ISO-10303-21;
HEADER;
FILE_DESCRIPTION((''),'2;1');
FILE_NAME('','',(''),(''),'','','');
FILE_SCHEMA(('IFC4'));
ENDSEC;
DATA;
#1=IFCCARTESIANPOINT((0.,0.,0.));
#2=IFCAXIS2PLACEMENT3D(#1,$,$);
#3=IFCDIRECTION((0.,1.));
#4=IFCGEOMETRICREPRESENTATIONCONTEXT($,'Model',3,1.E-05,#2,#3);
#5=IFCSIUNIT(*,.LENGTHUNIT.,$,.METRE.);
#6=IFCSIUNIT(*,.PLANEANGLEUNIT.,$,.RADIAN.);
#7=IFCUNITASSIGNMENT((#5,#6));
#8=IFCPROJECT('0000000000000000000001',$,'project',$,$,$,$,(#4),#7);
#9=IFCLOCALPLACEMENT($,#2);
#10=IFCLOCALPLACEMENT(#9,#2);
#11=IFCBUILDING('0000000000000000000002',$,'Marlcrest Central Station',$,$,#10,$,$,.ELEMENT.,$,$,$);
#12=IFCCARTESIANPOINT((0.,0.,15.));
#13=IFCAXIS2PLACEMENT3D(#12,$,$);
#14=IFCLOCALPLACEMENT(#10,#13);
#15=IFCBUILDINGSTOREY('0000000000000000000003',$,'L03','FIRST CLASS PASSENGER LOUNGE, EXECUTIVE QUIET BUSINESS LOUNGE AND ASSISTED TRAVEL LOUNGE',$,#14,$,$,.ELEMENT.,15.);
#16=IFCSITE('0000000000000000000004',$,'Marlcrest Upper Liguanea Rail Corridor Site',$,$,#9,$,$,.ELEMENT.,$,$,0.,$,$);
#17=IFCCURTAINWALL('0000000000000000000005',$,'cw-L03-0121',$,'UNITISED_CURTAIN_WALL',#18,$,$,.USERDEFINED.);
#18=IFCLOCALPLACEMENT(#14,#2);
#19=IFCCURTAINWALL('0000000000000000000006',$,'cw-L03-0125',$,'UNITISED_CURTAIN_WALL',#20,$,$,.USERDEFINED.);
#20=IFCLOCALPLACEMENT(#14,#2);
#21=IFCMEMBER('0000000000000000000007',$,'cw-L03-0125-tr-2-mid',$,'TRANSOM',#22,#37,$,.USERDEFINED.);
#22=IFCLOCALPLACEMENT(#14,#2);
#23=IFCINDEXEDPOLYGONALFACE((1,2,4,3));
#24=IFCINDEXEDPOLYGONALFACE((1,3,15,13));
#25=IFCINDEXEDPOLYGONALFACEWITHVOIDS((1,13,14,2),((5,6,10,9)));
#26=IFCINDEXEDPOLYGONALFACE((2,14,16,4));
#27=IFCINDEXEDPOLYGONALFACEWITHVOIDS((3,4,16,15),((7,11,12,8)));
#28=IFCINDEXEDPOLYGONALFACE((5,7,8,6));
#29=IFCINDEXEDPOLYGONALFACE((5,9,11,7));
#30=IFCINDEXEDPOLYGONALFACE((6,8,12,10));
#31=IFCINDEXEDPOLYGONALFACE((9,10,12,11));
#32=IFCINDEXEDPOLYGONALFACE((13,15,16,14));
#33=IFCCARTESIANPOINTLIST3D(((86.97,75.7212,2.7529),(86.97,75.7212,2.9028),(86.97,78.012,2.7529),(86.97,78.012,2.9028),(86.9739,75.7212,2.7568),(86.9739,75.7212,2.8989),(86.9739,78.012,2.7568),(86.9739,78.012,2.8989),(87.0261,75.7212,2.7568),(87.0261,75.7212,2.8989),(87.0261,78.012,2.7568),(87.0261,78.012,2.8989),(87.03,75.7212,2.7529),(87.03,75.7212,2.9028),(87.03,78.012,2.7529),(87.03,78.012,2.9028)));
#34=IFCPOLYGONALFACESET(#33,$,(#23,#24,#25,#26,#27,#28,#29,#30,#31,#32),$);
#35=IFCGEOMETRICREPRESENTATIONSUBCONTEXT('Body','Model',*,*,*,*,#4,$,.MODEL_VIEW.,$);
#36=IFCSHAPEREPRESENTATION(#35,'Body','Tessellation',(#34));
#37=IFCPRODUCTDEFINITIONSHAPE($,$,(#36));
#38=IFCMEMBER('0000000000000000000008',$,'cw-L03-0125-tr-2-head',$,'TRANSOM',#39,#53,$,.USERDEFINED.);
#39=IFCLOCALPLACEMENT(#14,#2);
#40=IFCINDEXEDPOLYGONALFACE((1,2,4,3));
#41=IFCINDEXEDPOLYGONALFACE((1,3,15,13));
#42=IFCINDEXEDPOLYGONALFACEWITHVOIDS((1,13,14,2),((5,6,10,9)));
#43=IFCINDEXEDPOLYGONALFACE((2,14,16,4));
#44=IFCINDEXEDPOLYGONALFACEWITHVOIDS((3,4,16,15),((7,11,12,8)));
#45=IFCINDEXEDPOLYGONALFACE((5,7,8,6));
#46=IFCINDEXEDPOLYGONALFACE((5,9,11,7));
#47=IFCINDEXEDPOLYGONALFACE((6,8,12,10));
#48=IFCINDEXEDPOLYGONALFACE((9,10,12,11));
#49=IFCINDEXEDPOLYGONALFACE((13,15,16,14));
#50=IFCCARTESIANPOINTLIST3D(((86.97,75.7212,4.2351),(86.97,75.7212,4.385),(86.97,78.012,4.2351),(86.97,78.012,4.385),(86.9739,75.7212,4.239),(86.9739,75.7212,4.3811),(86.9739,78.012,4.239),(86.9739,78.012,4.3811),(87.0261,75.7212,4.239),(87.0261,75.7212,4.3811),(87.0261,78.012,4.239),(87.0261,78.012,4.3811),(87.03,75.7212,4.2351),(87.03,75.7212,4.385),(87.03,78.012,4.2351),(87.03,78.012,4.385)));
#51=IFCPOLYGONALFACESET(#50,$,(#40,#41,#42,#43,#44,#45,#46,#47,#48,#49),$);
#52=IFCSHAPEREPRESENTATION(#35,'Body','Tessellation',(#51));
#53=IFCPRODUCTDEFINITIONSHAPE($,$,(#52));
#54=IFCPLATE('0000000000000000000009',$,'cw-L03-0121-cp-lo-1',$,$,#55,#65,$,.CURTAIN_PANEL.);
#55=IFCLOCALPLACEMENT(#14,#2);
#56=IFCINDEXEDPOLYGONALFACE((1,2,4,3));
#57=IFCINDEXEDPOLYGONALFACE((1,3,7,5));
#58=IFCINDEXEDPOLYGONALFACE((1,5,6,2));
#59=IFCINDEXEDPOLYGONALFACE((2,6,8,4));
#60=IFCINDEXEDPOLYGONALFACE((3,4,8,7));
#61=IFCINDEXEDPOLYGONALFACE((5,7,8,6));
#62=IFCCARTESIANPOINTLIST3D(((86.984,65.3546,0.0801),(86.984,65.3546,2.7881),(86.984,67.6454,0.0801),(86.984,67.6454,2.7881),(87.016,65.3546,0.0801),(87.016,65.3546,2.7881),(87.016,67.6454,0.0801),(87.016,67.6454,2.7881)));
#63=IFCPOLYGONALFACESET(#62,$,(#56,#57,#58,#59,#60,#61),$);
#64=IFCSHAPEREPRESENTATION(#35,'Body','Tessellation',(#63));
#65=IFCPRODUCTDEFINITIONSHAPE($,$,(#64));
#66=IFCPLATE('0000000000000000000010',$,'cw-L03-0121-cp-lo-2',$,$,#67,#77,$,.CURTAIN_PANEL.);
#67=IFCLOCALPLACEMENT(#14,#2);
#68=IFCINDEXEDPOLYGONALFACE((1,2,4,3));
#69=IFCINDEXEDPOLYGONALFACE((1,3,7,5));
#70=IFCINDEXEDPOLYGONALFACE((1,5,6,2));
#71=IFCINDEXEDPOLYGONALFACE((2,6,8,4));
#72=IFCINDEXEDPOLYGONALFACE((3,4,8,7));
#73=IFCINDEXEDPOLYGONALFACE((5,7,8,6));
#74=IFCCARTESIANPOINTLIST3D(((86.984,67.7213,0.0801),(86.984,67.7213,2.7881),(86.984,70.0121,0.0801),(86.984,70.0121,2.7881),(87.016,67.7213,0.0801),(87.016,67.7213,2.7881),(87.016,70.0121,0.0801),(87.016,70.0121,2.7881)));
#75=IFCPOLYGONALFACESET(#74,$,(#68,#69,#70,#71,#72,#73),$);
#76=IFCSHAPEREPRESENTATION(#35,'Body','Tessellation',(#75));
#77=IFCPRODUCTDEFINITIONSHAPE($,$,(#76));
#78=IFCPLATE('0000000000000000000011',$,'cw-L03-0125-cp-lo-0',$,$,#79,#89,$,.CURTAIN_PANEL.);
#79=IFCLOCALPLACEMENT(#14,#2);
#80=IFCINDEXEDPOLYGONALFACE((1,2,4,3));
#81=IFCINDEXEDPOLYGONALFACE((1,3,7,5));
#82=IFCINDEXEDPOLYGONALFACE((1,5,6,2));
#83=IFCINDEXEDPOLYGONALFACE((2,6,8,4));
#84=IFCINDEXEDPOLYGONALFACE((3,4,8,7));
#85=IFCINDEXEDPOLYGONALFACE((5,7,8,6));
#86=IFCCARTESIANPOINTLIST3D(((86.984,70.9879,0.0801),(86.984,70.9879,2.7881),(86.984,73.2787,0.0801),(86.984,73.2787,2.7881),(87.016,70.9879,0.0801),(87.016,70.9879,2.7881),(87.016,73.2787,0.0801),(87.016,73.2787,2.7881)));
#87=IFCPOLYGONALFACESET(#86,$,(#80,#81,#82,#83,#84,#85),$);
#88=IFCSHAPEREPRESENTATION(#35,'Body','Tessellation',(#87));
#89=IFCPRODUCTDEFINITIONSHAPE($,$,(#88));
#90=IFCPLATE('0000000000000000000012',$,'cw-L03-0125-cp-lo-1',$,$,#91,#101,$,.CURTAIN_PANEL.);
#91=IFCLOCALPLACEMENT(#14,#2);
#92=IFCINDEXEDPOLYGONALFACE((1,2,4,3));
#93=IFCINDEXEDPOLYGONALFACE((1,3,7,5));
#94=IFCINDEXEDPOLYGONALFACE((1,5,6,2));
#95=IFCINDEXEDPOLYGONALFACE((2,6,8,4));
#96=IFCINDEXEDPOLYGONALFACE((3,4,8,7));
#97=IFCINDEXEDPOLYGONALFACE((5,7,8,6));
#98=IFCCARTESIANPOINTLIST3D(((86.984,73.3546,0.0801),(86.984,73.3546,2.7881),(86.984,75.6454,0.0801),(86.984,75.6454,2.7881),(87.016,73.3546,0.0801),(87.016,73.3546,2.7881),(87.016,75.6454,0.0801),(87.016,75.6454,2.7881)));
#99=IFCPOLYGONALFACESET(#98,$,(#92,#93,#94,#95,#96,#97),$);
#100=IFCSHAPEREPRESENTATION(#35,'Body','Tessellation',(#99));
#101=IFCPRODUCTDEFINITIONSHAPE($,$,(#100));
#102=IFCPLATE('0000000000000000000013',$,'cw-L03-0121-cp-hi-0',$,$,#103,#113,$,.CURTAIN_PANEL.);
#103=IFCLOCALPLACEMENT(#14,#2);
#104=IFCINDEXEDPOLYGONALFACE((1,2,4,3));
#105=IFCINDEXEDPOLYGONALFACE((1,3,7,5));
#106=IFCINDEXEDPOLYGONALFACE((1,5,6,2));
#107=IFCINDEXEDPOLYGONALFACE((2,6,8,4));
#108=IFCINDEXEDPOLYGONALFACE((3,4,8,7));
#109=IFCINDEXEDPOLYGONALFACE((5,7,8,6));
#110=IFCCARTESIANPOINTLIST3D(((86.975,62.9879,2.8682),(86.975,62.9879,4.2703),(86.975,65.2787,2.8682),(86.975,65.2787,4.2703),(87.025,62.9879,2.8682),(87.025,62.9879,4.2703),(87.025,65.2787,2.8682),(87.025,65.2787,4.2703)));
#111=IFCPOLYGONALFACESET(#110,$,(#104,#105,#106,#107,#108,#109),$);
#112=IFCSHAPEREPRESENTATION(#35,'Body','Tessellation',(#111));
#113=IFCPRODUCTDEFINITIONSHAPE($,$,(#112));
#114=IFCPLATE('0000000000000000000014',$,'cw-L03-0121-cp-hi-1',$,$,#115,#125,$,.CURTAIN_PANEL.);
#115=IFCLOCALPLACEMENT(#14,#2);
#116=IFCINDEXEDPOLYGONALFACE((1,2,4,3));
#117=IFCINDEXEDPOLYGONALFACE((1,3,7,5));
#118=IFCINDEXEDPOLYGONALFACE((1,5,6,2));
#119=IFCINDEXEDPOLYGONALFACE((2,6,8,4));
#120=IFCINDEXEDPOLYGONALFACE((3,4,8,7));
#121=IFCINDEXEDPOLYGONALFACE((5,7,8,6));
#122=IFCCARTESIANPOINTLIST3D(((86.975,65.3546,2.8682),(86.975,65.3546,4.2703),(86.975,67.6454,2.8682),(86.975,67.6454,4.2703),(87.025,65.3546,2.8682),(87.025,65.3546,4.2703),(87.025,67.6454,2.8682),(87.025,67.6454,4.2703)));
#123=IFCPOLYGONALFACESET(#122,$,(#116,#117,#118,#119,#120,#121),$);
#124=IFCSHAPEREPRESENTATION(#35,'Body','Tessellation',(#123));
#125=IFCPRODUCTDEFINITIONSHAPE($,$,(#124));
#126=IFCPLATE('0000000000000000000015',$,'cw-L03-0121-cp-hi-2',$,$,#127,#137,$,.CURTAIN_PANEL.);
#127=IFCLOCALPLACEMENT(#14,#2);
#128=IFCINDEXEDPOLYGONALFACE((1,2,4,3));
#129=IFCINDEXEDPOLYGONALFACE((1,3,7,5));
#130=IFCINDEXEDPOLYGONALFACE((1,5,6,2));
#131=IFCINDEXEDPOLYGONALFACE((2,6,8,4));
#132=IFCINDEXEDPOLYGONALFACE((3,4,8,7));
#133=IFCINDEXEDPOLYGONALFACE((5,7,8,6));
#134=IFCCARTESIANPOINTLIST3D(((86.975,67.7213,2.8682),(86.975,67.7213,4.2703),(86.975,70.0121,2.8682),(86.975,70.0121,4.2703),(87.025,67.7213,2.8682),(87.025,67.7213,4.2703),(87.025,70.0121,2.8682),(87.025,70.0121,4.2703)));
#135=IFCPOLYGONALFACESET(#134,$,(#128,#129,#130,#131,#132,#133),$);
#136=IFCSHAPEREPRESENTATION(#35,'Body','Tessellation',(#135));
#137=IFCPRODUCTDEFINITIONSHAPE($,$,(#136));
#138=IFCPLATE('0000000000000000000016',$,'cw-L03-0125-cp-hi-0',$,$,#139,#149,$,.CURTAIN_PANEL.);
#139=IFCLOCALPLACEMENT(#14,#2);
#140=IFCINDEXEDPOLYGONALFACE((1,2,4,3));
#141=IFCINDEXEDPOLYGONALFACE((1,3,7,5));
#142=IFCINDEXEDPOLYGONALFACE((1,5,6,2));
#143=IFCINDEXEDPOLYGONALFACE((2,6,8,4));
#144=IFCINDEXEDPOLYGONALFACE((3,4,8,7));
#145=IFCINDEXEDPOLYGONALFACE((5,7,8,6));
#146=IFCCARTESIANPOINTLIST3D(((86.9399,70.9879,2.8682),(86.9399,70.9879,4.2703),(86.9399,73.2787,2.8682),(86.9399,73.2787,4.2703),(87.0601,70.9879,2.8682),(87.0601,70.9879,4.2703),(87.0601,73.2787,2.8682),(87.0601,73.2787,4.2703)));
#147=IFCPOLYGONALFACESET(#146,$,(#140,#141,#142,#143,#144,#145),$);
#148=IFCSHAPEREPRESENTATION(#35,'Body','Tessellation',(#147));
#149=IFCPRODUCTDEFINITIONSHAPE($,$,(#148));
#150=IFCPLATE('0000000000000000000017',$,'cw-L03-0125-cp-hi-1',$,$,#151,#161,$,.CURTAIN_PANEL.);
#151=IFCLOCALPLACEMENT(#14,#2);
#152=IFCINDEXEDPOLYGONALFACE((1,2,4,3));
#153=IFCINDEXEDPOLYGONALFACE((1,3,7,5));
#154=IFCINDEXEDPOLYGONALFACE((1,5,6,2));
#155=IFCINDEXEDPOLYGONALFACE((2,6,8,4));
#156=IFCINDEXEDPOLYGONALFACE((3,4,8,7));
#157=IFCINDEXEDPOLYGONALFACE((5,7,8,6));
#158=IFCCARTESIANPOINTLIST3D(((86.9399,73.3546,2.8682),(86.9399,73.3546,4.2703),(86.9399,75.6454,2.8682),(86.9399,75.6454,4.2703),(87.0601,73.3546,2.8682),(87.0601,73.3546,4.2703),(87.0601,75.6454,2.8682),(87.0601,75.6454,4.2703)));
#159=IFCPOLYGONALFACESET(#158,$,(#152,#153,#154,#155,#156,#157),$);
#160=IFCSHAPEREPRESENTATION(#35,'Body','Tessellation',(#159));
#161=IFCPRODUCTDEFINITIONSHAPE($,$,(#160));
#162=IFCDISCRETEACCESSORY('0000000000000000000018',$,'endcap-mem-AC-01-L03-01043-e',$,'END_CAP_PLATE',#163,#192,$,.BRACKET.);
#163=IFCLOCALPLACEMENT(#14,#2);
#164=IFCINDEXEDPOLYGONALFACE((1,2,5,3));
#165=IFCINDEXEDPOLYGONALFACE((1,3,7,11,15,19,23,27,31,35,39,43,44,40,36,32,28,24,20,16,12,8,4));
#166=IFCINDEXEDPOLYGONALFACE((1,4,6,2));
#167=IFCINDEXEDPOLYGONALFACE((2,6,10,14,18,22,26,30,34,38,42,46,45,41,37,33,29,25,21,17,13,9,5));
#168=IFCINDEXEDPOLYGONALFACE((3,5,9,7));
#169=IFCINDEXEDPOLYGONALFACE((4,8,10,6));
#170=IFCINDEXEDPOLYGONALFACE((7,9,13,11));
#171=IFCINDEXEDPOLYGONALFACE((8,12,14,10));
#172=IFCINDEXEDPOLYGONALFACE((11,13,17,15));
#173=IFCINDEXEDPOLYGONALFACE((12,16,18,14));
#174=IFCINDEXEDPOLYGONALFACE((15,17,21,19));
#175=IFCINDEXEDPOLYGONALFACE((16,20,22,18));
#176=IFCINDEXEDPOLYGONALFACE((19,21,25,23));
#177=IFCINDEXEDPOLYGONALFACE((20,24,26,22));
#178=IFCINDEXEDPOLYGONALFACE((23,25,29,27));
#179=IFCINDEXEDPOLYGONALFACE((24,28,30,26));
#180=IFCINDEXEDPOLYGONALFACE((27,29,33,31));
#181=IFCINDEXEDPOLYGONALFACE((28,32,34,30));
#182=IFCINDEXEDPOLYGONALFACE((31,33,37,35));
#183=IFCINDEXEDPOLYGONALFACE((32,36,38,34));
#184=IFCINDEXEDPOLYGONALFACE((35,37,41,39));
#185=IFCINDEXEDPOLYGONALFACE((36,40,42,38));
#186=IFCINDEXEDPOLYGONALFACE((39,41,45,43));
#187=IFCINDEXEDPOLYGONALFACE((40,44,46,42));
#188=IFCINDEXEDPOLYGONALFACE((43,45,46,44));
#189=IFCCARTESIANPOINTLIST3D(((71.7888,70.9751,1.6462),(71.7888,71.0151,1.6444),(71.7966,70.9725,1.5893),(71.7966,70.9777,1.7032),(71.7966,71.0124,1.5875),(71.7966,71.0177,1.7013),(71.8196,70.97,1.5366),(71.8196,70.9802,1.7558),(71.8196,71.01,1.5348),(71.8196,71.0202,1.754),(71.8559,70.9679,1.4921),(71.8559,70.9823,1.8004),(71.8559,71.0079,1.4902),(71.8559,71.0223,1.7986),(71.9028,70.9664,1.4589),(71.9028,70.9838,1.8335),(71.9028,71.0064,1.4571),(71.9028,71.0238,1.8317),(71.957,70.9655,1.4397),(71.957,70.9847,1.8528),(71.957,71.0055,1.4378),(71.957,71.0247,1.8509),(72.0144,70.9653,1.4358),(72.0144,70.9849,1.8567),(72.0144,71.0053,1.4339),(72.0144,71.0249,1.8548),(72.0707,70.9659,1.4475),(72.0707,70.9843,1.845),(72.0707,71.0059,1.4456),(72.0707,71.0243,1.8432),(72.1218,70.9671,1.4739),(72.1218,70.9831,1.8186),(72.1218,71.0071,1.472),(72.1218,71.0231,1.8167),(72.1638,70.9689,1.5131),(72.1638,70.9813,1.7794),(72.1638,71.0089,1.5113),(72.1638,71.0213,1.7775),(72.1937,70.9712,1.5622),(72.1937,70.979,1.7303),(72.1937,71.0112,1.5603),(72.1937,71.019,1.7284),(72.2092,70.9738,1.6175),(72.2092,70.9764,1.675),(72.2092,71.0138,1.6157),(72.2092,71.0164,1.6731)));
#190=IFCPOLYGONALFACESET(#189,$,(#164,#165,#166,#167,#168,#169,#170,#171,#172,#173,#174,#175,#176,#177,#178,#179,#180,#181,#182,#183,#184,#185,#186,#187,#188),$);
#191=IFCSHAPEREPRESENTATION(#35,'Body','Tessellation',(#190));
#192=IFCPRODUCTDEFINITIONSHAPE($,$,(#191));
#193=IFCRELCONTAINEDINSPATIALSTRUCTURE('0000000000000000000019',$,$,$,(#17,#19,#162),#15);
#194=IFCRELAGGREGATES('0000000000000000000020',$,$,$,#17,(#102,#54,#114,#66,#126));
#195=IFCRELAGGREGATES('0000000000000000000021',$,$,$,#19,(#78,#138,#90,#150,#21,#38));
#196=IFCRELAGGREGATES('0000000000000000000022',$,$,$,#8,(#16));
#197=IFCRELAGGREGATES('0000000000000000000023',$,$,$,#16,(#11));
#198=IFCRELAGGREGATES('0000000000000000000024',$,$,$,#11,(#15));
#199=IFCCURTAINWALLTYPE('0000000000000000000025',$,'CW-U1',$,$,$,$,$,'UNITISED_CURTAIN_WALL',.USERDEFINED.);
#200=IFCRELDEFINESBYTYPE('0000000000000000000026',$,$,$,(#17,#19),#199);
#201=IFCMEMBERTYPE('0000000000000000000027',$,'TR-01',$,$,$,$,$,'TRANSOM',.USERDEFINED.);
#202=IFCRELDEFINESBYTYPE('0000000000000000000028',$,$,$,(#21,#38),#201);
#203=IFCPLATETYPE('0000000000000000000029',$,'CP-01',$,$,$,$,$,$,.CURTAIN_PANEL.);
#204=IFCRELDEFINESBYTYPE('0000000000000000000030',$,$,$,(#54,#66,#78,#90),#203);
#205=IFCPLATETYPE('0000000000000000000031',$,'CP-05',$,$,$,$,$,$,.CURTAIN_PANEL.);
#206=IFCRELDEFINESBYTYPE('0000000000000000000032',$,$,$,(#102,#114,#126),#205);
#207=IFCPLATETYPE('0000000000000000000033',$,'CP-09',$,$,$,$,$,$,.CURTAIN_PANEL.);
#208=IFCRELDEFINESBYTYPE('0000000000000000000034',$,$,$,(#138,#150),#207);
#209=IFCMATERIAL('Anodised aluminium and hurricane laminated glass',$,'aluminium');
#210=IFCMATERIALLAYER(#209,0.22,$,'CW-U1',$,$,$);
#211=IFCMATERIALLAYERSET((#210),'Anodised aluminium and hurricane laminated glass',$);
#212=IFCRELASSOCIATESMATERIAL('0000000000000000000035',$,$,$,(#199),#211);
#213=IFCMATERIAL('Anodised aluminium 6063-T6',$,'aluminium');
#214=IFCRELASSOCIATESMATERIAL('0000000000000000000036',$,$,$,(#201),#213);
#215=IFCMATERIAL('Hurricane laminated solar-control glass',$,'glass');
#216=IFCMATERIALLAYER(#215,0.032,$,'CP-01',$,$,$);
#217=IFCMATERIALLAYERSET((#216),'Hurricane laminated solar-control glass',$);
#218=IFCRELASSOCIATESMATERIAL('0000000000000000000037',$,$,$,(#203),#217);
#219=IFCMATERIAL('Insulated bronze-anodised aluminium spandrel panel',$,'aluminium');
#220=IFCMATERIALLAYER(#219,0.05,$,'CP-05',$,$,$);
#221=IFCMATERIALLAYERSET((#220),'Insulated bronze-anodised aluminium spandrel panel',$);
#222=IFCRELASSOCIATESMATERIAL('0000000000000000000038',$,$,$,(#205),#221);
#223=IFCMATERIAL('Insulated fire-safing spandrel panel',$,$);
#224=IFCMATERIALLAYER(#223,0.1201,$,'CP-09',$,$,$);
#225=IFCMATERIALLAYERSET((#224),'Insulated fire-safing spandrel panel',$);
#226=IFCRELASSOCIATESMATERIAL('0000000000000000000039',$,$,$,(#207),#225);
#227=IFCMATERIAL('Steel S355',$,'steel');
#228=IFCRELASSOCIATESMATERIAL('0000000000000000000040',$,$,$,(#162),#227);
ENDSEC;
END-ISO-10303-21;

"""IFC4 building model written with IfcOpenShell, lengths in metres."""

from ifc_helpers import new_model, si_unit, direction, frame, origin, origin_2d, place, context, subcontext, project, spatial, rectangle, hollow_rectangle, circle, extrude, material, layer, layer_set, material_profile, profile_set, type_object, element, aggregate, save


model = new_model("IFC4")

# Units and contexts
model_context = context("Model", 3, precision=1e-05, world=origin(), true_north=direction((0.0, 1.0)))
body_context = subcontext(model_context, "Body", "Model", "MODEL_VIEW")
ifc_project = project(units=[si_unit("LENGTHUNIT", "METRE"), si_unit("PLANEANGLEUNIT", "RADIAN")], contexts=[model_context])

# Site, building, storey
site_placement = place(None, origin())
site = spatial("IfcSite", under=ifc_project, at=site_placement, Name="Marlcrest Upper Liguanea Rail Corridor Site", CompositionType="ELEMENT", RefElevation=0.0)
building_placement = place(site_placement, origin())
building = spatial("IfcBuilding", under=site, at=building_placement, Name="Marlcrest Central Station", CompositionType="ELEMENT")
storey_placement = place(building_placement, frame((0.0, 0.0, 15.0)))
storey = spatial("IfcBuildingStorey", under=building, at=storey_placement, Name="L03", Description="FIRST CLASS PASSENGER LOUNGE, EXECUTIVE QUIET BUSINESS LOUNGE AND ASSISTED TRAVEL LOUNGE", CompositionType="ELEMENT", Elevation=15.0)

# Shared definitions
ifc_material_1 = material(Name="Steel S355", Category="steel")

# Curtain walls
ifc_material_2 = material(Name="Anodised aluminium and hurricane laminated glass", Category="aluminium")
ifc_layer_1 = layer(ifc_material_2, 0.22, Name="CW-U1")
ifc_layer_set_1 = layer_set([ifc_layer_1], Name="Anodised aluminium and hurricane laminated glass")
curtain_wall_type = type_object("IfcCurtainWallType", Name="CW-U1", ElementType="UNITISED_CURTAIN_WALL", PredefinedType="USERDEFINED", material=ifc_layer_set_1)
curtain_wall_1_placement = place(storey_placement, origin())
curtain_wall_1 = element("IfcCurtainWall", 1, at=curtain_wall_1_placement, inside=storey, type_object=curtain_wall_type, Name="cw-L03-0121", ObjectType="UNITISED_CURTAIN_WALL", PredefinedType="USERDEFINED")
ifc_material_3 = material(Name="Anodised aluminium 6063-T6", Category="aluminium")
curtain_wall_2_placement = place(storey_placement, origin())
curtain_wall_2 = element("IfcCurtainWall", 2, at=curtain_wall_2_placement, inside=storey, type_object=curtain_wall_type, Name="cw-L03-0125", ObjectType="UNITISED_CURTAIN_WALL", PredefinedType="USERDEFINED")

# Members
ifc_material_profile_1 = material_profile(ifc_material_3, hollow_rectangle(XDim=0.0601, YDim=0.1499, WallThickness=0.0039, at=origin_2d()), Name="AA-RHS 150x60x4")
ifc_profile_set_1 = profile_set([ifc_material_profile_1], Name="Anodised aluminium 6063-T6")
member_type_1 = type_object("IfcMemberType", Name="TR-01", ElementType="TRANSOM", PredefinedType="USERDEFINED", material=ifc_profile_set_1)
member_1_placement = place(storey_placement, frame((87.0, 75.7212, 2.8279), z_axis=(0.0, 1.0, 0.0), x_axis=(-1.0, 0.0, 0.0)))
member_1 = element("IfcMember", 3, at=member_1_placement, type_object=member_type_1, Name="cw-L03-0125-tr-2-mid", ObjectType="TRANSOM", PredefinedType="USERDEFINED", context=body_context, shape_type="SweptSolid", body=[
    extrude(hollow_rectangle(XDim=0.0601, YDim=0.1499, WallThickness=0.0039, at=origin_2d()), origin(), (0.0, 0.0, 1.0), 2.2908),
])
member_2_placement = place(storey_placement, frame((87.0, 75.7212, 4.3101), z_axis=(0.0, 1.0, 0.0), x_axis=(-1.0, 0.0, 0.0)))
member_2 = element("IfcMember", 4, at=member_2_placement, type_object=member_type_1, Name="cw-L03-0125-tr-2-head", ObjectType="TRANSOM", PredefinedType="USERDEFINED", context=body_context, shape_type="SweptSolid", body=[
    extrude(hollow_rectangle(XDim=0.0601, YDim=0.1499, WallThickness=0.0039, at=origin_2d()), origin(), (0.0, 0.0, 1.0), 2.2908),
])

# Plates
ifc_material_4 = material(Name="Hurricane laminated solar-control glass", Category="glass")
ifc_layer_2 = layer(ifc_material_4, 0.032, Name="CP-01")
ifc_layer_set_2 = layer_set([ifc_layer_2], Name="Hurricane laminated solar-control glass")
plate_type_1 = type_object("IfcPlateType", Name="CP-01", PredefinedType="CURTAIN_PANEL", material=ifc_layer_set_2)
plate_1_placement = place(storey_placement, frame((87.0, 66.5, 0.0801), z_axis=(0.0, 0.0, 1.0), x_axis=(0.0, 1.0, 0.0)))
plate_1 = element("IfcPlate", 5, at=plate_1_placement, type_object=plate_type_1, Name="cw-L03-0121-cp-lo-1", PredefinedType="CURTAIN_PANEL", context=body_context, shape_type="SweptSolid", body=[
    extrude(rectangle(XDim=2.2908, YDim=0.032, at=origin_2d()), origin(), (0.0, 0.0, 1.0), 2.708),
])
plate_2_placement = place(storey_placement, frame((87.0, 68.8667, 0.0801), z_axis=(0.0, 0.0, 1.0), x_axis=(0.0, 1.0, 0.0)))
plate_2 = element("IfcPlate", 6, at=plate_2_placement, type_object=plate_type_1, Name="cw-L03-0121-cp-lo-2", PredefinedType="CURTAIN_PANEL", context=body_context, shape_type="SweptSolid", body=[
    extrude(rectangle(XDim=2.2908, YDim=0.032, at=origin_2d()), origin(), (0.0, 0.0, 1.0), 2.708),
])
plate_3_placement = place(storey_placement, frame((87.0, 72.1333, 0.0801), z_axis=(0.0, 0.0, 1.0), x_axis=(0.0, 1.0, 0.0)))
plate_3 = element("IfcPlate", 7, at=plate_3_placement, type_object=plate_type_1, Name="cw-L03-0125-cp-lo-0", PredefinedType="CURTAIN_PANEL", context=body_context, shape_type="SweptSolid", body=[
    extrude(rectangle(XDim=2.2908, YDim=0.032, at=origin_2d()), origin(), (0.0, 0.0, 1.0), 2.708),
])
plate_4_placement = place(storey_placement, frame((87.0, 74.5, 0.0801), z_axis=(0.0, 0.0, 1.0), x_axis=(0.0, 1.0, 0.0)))
plate_4 = element("IfcPlate", 8, at=plate_4_placement, type_object=plate_type_1, Name="cw-L03-0125-cp-lo-1", PredefinedType="CURTAIN_PANEL", context=body_context, shape_type="SweptSolid", body=[
    extrude(rectangle(XDim=2.2908, YDim=0.032, at=origin_2d()), origin(), (0.0, 0.0, 1.0), 2.708),
])
ifc_material_5 = material(Name="Insulated bronze-anodised aluminium spandrel panel", Category="aluminium")
ifc_layer_3 = layer(ifc_material_5, 0.05, Name="CP-05")
ifc_layer_set_3 = layer_set([ifc_layer_3], Name="Insulated bronze-anodised aluminium spandrel panel")
plate_type_2 = type_object("IfcPlateType", Name="CP-05", PredefinedType="CURTAIN_PANEL", material=ifc_layer_set_3)
plate_5_placement = place(storey_placement, frame((87.0, 64.1333, 2.8682), z_axis=(0.0, 0.0, 1.0), x_axis=(0.0, 1.0, 0.0)))
plate_5 = element("IfcPlate", 9, at=plate_5_placement, type_object=plate_type_2, Name="cw-L03-0121-cp-hi-0", PredefinedType="CURTAIN_PANEL", context=body_context, shape_type="SweptSolid", body=[
    extrude(rectangle(XDim=2.2908, YDim=0.05, at=origin_2d()), origin(), (0.0, 0.0, 1.0), 1.4021),
])
plate_6_placement = place(storey_placement, frame((87.0, 66.5, 2.8682), z_axis=(0.0, 0.0, 1.0), x_axis=(0.0, 1.0, 0.0)))
plate_6 = element("IfcPlate", 10, at=plate_6_placement, type_object=plate_type_2, Name="cw-L03-0121-cp-hi-1", PredefinedType="CURTAIN_PANEL", context=body_context, shape_type="SweptSolid", body=[
    extrude(rectangle(XDim=2.2908, YDim=0.05, at=origin_2d()), origin(), (0.0, 0.0, 1.0), 1.4021),
])
plate_7_placement = place(storey_placement, frame((87.0, 68.8667, 2.8682), z_axis=(0.0, 0.0, 1.0), x_axis=(0.0, 1.0, 0.0)))
plate_7 = element("IfcPlate", 11, at=plate_7_placement, type_object=plate_type_2, Name="cw-L03-0121-cp-hi-2", PredefinedType="CURTAIN_PANEL", context=body_context, shape_type="SweptSolid", body=[
    extrude(rectangle(XDim=2.2908, YDim=0.05, at=origin_2d()), origin(), (0.0, 0.0, 1.0), 1.4021),
])
aggregate(curtain_wall_1, [plate_5, plate_1, plate_6, plate_2, plate_7])
ifc_material_6 = material(Name="Insulated fire-safing spandrel panel")
ifc_layer_4 = layer(ifc_material_6, 0.1201, Name="CP-09")
ifc_layer_set_4 = layer_set([ifc_layer_4], Name="Insulated fire-safing spandrel panel")
plate_type_3 = type_object("IfcPlateType", Name="CP-09", PredefinedType="CURTAIN_PANEL", material=ifc_layer_set_4)
plate_8_placement = place(storey_placement, frame((87.0, 72.1333, 2.8682), z_axis=(0.0, 0.0, 1.0), x_axis=(0.0, 1.0, 0.0)))
plate_8 = element("IfcPlate", 12, at=plate_8_placement, type_object=plate_type_3, Name="cw-L03-0125-cp-hi-0", PredefinedType="CURTAIN_PANEL", context=body_context, shape_type="SweptSolid", body=[
    extrude(rectangle(XDim=2.2908, YDim=0.1201, at=origin_2d()), origin(), (0.0, 0.0, 1.0), 1.4021),
])
plate_9_placement = place(storey_placement, frame((87.0, 74.5, 2.8682), z_axis=(0.0, 0.0, 1.0), x_axis=(0.0, 1.0, 0.0)))
plate_9 = element("IfcPlate", 13, at=plate_9_placement, type_object=plate_type_3, Name="cw-L03-0125-cp-hi-1", PredefinedType="CURTAIN_PANEL", context=body_context, shape_type="SweptSolid", body=[
    extrude(rectangle(XDim=2.2908, YDim=0.1201, at=origin_2d()), origin(), (0.0, 0.0, 1.0), 1.4021),
])
aggregate(curtain_wall_2, [plate_3, plate_8, plate_4, plate_9, member_1, member_2])

# Discrete accessory
for number, where, z_axis, x_axis, name in (
    (14, (72.0, 70.9751, 1.6462), (0.0, 0.998921, -0.046434), (-1.0, 0.0, 0.0), "endcap-mem-AC-01-L03-01043-e"),
):
    element("IfcDiscreteAccessory", number, at=place(storey_placement, frame(where, z_axis=z_axis, x_axis=x_axis)), inside=storey, material=ifc_material_1, Name=name, ObjectType="END_CAP_PLATE", PredefinedType="BRACKET", context=body_context, shape_type="SweptSolid", body=[
        extrude(circle(Radius=0.2112, at=origin_2d()), origin(), (0.0, 0.0, 1.0), 0.04),
    ])

save(model, "model.ifc")
